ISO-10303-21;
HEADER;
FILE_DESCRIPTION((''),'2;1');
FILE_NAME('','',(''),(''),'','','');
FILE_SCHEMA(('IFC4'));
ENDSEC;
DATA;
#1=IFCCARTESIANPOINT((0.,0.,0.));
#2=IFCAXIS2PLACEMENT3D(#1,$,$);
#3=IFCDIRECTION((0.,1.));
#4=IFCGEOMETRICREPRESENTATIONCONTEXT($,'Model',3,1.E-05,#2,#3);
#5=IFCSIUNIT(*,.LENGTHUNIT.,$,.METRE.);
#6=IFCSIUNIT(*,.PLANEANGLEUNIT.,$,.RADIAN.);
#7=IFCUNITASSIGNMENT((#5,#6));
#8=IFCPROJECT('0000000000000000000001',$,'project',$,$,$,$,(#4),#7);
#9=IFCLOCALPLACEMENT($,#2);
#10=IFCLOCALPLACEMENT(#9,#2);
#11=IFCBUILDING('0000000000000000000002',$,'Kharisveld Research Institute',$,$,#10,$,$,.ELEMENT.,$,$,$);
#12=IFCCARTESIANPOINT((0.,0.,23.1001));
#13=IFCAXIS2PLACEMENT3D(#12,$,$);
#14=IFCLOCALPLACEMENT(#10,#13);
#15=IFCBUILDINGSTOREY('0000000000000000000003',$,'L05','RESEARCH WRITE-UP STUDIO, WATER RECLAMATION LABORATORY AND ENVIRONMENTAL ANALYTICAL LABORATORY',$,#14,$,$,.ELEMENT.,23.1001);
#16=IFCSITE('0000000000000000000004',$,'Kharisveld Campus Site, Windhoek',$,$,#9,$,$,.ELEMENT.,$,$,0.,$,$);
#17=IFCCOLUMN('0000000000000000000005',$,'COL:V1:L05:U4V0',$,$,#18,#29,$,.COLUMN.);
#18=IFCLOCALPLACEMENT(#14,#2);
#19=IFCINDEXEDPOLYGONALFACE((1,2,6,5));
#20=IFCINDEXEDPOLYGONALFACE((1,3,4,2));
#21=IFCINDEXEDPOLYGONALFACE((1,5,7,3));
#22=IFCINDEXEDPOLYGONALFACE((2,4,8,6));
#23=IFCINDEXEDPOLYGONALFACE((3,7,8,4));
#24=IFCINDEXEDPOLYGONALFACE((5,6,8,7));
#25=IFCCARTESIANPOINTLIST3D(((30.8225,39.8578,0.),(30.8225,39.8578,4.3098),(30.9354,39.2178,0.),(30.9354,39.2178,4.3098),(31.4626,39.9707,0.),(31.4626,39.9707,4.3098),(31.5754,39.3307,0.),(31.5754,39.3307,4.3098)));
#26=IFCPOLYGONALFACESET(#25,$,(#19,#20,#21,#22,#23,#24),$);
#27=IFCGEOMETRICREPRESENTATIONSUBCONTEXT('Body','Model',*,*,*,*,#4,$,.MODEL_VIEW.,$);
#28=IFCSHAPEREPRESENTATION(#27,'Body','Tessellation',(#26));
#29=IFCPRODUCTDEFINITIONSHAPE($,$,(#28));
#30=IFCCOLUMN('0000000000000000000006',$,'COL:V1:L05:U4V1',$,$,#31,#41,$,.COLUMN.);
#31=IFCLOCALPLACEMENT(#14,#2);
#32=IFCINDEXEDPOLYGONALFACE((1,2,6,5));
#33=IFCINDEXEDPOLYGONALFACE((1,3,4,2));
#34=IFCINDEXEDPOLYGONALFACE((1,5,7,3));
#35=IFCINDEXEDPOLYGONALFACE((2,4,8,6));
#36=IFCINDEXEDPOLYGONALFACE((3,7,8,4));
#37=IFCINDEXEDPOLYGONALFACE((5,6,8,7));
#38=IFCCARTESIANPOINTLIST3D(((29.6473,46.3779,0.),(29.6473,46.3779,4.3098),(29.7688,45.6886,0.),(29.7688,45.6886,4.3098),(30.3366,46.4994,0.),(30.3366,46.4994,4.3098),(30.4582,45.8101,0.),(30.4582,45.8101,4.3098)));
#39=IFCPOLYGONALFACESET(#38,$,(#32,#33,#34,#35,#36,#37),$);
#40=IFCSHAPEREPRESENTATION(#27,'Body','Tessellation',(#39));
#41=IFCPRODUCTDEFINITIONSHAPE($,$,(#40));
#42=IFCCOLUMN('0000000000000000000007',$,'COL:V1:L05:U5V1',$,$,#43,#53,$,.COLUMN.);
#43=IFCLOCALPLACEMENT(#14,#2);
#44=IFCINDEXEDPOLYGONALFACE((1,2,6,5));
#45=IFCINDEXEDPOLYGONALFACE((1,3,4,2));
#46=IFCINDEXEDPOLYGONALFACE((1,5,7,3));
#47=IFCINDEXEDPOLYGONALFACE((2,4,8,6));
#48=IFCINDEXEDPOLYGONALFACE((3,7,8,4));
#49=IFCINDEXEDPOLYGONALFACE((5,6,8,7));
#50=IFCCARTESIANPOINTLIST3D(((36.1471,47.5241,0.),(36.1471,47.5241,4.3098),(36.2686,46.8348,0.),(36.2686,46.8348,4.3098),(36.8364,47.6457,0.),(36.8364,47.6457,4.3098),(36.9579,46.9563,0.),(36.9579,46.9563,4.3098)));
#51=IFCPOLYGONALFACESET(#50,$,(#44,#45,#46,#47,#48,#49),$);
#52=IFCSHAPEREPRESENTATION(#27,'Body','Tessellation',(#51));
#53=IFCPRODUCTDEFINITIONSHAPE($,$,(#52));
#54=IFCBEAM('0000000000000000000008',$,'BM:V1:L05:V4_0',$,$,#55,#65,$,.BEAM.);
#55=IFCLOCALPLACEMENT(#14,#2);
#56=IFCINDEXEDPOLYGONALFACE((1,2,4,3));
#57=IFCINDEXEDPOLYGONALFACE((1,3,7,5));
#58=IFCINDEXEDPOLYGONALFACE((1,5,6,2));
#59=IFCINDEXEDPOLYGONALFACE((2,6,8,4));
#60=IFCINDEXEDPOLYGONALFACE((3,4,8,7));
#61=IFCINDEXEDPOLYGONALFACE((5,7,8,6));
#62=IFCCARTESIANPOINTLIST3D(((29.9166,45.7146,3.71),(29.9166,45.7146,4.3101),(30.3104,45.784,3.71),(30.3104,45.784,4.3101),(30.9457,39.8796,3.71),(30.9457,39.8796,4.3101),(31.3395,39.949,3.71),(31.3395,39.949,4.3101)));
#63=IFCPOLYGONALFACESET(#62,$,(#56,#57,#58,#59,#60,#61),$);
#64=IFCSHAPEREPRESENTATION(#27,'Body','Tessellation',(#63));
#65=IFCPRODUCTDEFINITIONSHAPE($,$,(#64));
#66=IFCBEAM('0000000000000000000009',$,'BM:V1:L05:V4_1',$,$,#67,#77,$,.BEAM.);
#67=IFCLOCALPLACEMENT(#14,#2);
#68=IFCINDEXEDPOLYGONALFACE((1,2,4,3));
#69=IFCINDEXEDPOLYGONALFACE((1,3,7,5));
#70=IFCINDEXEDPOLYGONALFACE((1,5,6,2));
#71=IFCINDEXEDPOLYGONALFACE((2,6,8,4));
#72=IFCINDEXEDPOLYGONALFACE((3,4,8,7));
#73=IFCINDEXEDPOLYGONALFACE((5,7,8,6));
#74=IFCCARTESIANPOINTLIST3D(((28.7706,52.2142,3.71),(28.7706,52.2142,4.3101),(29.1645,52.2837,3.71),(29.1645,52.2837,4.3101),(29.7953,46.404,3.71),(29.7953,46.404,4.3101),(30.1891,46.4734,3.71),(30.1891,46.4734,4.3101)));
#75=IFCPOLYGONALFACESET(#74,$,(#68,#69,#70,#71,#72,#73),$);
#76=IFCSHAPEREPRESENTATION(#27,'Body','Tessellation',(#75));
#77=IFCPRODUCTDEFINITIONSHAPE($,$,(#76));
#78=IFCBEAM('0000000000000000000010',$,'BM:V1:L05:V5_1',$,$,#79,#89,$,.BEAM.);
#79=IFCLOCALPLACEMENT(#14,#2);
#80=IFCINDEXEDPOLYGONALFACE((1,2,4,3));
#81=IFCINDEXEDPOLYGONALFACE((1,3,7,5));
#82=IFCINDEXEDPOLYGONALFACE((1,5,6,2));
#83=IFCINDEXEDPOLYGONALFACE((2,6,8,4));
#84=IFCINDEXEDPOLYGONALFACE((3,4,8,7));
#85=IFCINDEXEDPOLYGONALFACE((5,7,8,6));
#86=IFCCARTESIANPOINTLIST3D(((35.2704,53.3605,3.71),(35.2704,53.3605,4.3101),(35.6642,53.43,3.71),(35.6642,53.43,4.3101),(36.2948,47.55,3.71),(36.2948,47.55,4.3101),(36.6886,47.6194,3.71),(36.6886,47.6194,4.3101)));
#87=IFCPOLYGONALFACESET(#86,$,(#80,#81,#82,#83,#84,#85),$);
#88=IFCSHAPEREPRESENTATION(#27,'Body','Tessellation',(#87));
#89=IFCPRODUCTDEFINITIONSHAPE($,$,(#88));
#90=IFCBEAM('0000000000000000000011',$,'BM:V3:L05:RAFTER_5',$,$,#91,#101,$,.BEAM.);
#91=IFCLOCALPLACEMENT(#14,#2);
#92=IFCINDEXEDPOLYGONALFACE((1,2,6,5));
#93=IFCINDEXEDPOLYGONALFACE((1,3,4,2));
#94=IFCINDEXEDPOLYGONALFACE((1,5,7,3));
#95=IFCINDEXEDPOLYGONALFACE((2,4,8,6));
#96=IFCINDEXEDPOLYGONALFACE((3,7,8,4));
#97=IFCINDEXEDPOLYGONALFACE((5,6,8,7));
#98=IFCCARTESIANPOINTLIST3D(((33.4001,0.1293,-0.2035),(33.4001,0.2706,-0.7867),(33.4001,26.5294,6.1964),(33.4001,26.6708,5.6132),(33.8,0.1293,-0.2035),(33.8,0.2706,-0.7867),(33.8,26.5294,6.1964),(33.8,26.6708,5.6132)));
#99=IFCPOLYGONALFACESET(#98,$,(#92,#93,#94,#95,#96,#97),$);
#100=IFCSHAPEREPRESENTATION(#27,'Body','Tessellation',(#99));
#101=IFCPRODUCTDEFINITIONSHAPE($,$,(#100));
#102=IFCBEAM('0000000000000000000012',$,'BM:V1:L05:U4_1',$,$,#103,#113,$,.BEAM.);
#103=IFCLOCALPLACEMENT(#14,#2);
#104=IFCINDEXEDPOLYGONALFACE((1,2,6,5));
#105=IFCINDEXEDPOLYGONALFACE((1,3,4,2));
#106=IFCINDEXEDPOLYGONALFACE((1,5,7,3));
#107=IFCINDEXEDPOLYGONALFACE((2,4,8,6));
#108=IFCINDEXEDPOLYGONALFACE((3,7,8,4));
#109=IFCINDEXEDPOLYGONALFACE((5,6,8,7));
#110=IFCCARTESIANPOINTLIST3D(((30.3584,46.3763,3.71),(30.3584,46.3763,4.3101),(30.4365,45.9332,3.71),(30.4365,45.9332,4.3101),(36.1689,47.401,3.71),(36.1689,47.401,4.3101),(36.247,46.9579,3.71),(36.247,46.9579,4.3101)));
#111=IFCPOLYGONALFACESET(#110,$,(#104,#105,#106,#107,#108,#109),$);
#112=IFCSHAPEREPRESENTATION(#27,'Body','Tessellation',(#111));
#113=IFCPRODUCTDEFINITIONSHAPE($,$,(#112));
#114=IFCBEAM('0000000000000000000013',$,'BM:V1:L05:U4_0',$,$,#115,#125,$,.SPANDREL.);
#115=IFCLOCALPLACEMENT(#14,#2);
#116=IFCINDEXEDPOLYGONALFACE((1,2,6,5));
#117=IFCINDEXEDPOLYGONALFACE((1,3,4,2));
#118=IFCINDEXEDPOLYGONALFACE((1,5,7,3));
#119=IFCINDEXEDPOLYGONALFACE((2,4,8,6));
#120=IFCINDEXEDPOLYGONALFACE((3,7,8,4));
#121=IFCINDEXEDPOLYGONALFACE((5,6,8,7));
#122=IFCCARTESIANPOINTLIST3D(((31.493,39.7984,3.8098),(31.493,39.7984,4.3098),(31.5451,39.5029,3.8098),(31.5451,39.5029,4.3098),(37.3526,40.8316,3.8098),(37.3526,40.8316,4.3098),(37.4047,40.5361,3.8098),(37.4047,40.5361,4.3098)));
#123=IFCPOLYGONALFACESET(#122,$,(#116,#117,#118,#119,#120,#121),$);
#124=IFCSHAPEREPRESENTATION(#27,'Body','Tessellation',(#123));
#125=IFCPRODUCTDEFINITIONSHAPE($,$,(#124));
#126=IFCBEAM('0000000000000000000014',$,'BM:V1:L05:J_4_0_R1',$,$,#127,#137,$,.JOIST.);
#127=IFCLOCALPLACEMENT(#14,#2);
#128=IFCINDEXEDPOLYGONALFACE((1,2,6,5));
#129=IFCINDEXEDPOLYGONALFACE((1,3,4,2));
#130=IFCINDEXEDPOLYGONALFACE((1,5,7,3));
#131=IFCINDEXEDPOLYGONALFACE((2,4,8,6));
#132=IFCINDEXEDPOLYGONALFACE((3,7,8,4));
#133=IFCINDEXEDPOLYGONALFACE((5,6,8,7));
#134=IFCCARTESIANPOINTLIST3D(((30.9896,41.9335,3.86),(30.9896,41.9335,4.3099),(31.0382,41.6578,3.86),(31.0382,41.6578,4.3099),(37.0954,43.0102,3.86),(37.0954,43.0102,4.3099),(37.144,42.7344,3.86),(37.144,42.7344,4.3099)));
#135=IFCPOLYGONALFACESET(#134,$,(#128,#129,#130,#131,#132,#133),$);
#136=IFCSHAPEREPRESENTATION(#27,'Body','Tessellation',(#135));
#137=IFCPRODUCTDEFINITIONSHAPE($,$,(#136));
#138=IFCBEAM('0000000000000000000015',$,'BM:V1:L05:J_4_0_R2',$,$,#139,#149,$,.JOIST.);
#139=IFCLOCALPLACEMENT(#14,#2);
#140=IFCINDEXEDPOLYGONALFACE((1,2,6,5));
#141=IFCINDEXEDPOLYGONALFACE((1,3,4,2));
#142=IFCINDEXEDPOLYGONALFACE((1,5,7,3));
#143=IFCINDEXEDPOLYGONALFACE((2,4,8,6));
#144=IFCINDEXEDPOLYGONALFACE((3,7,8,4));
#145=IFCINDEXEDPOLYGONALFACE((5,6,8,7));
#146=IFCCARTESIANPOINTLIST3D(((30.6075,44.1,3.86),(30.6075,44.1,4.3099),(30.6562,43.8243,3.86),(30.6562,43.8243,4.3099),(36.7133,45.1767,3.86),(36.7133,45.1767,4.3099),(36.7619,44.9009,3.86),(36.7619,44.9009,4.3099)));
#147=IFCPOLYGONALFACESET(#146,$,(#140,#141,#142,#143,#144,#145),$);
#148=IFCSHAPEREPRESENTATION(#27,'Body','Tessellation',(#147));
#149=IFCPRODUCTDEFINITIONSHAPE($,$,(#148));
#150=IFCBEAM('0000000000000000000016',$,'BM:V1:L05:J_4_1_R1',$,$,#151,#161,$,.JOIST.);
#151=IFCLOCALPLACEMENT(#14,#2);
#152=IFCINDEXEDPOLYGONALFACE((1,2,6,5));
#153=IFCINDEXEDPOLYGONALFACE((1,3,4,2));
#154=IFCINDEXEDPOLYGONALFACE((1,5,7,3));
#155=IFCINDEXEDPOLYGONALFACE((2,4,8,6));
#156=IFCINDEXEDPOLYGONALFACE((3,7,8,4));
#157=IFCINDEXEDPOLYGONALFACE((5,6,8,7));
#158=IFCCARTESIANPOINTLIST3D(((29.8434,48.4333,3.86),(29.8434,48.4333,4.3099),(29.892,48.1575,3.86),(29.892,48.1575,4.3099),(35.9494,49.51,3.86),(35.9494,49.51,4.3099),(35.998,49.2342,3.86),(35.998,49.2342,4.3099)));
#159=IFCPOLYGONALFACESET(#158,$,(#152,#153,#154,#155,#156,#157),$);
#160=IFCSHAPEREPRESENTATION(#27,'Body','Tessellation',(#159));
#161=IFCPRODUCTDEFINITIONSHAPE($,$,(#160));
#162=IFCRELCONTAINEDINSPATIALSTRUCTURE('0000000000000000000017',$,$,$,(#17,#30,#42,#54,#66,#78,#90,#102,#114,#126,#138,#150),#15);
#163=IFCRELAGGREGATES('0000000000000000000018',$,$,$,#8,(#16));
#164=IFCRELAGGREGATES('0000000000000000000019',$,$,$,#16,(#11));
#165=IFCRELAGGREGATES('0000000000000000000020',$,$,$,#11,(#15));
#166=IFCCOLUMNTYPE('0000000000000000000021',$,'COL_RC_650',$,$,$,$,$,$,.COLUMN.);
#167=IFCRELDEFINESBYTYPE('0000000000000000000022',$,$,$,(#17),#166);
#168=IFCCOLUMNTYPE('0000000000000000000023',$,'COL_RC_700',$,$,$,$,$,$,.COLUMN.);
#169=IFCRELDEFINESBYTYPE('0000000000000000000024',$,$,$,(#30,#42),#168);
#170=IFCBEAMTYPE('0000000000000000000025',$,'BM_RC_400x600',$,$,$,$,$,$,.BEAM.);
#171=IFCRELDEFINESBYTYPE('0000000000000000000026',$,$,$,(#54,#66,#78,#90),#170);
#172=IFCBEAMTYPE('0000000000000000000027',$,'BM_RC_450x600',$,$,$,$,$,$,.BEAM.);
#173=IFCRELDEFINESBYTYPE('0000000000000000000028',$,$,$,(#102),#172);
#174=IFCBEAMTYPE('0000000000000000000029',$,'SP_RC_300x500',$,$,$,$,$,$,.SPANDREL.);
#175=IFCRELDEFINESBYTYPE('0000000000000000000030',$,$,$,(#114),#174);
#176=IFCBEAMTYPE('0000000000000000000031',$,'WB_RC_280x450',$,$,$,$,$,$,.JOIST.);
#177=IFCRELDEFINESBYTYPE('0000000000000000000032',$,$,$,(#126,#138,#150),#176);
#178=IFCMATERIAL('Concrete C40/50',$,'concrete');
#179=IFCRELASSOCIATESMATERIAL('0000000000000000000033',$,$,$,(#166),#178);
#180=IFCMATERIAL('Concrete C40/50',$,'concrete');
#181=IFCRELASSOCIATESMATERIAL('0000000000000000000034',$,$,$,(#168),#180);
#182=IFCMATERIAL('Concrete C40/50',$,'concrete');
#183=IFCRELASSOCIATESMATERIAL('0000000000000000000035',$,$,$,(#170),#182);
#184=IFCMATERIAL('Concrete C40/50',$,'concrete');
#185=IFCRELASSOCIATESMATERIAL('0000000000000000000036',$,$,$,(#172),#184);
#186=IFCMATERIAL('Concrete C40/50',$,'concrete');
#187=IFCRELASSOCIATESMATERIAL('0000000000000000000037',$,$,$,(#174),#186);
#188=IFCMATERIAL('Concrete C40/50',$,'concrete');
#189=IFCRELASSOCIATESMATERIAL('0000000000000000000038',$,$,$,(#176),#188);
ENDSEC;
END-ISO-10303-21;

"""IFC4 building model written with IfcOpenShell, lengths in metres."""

from ifc_helpers import new_model, si_unit, direction, frame, origin, origin_2d, place, context, subcontext, project, spatial, rectangle, extrude, material, material_profile, profile_set, type_object, element, save


model = new_model("IFC4")

# Units and contexts
model_context = context("Model", 3, precision=1e-05, world=origin(), true_north=direction((0.0, 1.0)))
body_context = subcontext(model_context, "Body", "Model", "MODEL_VIEW")
ifc_project = project(units=[si_unit("LENGTHUNIT", "METRE"), si_unit("PLANEANGLEUNIT", "RADIAN")], contexts=[model_context])

# Site, building, storey
site_placement = place(None, origin())
site = spatial("IfcSite", under=ifc_project, at=site_placement, Name="Kharisveld Campus Site, Windhoek", CompositionType="ELEMENT", RefElevation=0.0)
building_placement = place(site_placement, origin())
building = spatial("IfcBuilding", under=site, at=building_placement, Name="Kharisveld Research Institute", CompositionType="ELEMENT")
storey_placement = place(building_placement, frame((0.0, 0.0, 23.1001)))
storey = spatial("IfcBuildingStorey", under=building, at=storey_placement, Name="L05", Description="RESEARCH WRITE-UP STUDIO, WATER RECLAMATION LABORATORY AND ENVIRONMENTAL ANALYTICAL LABORATORY", CompositionType="ELEMENT", Elevation=23.1001)

# Columns
ifc_material_1 = material(Name="Concrete C40/50", Category="concrete")
ifc_material_profile_1 = material_profile(ifc_material_1, rectangle(XDim=0.6499, YDim=0.6499, at=origin_2d()))
ifc_profile_set_1 = profile_set([ifc_material_profile_1], Name="Concrete C40/50")
column_type_1 = type_object("IfcColumnType", Name="COL_RC_650", PredefinedType="COLUMN", material=ifc_profile_set_1)
column_placement = place(storey_placement, frame((31.199, 39.5942, 0.0), z_axis=(0.0, 0.0, 1.0), x_axis=(0.984808, 0.173648, 0.0)))
element("IfcColumn", 1, at=column_placement, inside=storey, type_object=column_type_1, Name="COL:V1:L05:U4V0", PredefinedType="COLUMN", context=body_context, shape_type="SweptSolid", body=[
    extrude(rectangle(XDim=0.6499, YDim=0.6499, at=origin_2d()), origin(), (0.0, 0.0, 1.0), 4.3098),
])
ifc_material_2 = material(Name="Concrete C40/50", Category="concrete")
ifc_material_profile_2 = material_profile(ifc_material_2, rectangle(XDim=0.7, YDim=0.7, at=origin_2d()))
ifc_profile_set_2 = profile_set([ifc_material_profile_2], Name="Concrete C40/50")
column_type_2 = type_object("IfcColumnType", Name="COL_RC_700", PredefinedType="COLUMN", material=ifc_profile_set_2)
for number, where, z_axis, x_axis, name in (
    (2, (30.0527, 46.094, 0.0), (0.0, 0.0, 1.0), (0.984808, 0.173648, 0.0), "COL:V1:L05:U4V1"),
    (3, (36.5525, 47.2402, 0.0), (0.0, 0.0, 1.0), (0.984808, 0.173648, 0.0), "COL:V1:L05:U5V1"),
):
    element("IfcColumn", number, at=place(storey_placement, frame(where, z_axis=z_axis, x_axis=x_axis)), inside=storey, type_object=column_type_2, Name=name, PredefinedType="COLUMN", context=body_context, shape_type="SweptSolid", body=[
        extrude(rectangle(XDim=0.7, YDim=0.7, at=origin_2d()), origin(), (0.0, 0.0, 1.0), 4.3098),
    ])

# Beams
ifc_material_3 = material(Name="Concrete C40/50", Category="concrete")
ifc_material_profile_3 = material_profile(ifc_material_3, rectangle(XDim=0.3999, YDim=0.6001, at=origin_2d()))
ifc_profile_set_3 = profile_set([ifc_material_profile_3], Name="Concrete C40/50")
beam_type_1 = type_object("IfcBeamType", Name="BM_RC_400x600", PredefinedType="BEAM", material=ifc_profile_set_3)
beam_1_placement = place(storey_placement, frame((31.1426, 39.9143, 4.01), z_axis=(-0.17368, 0.984802, 0.0), x_axis=(-0.984802, -0.17368, 0.0)))
element("IfcBeam", 4, at=beam_1_placement, inside=storey, type_object=beam_type_1, Name="BM:V1:L05:V4_0", PredefinedType="BEAM", context=body_context, shape_type="SweptSolid", body=[
    extrude(rectangle(XDim=0.3999, YDim=0.6001, at=origin_2d()), origin(), (0.0, 0.0, 1.0), 5.925),
])
beam_2_placement = place(storey_placement, frame((29.9922, 46.4387, 4.01), z_axis=(-0.173672, 0.984804, 0.0), x_axis=(-0.984804, -0.173672, 0.0)))
element("IfcBeam", 5, at=beam_2_placement, inside=storey, type_object=beam_type_1, Name="BM:V1:L05:V4_1", PredefinedType="BEAM", context=body_context, shape_type="SweptSolid", body=[
    extrude(rectangle(XDim=0.3999, YDim=0.6001, at=origin_2d()), origin(), (0.0, 0.0, 1.0), 5.8999),
])
beam_3_placement = place(storey_placement, frame((36.4917, 47.5847, 4.01), z_axis=(-0.173625, 0.984812, 0.0), x_axis=(-0.984812, -0.173625, 0.0)))
element("IfcBeam", 6, at=beam_3_placement, inside=storey, type_object=beam_type_1, Name="BM:V1:L05:V5_1", PredefinedType="BEAM", context=body_context, shape_type="SweptSolid", body=[
    extrude(rectangle(XDim=0.3999, YDim=0.6001, at=origin_2d()), origin(), (0.0, 0.0, 1.0), 5.9001),
])
beam_4_placement = place(storey_placement, frame((33.6001, 0.2, -0.4951), z_axis=(0.0, 0.971851, 0.235595), x_axis=(-1.0, 0.0, 0.0)))
element("IfcBeam", 7, at=beam_4_placement, inside=storey, type_object=beam_type_1, Name="BM:V3:L05:RAFTER_5", PredefinedType="BEAM", context=body_context, shape_type="SweptSolid", body=[
    extrude(rectangle(XDim=0.3999, YDim=0.6001, at=origin_2d()), origin(), (0.0, 0.0, 1.0), 27.1648),
])
ifc_material_4 = material(Name="Concrete C40/50", Category="concrete")
ifc_material_profile_4 = material_profile(ifc_material_4, rectangle(XDim=0.45, YDim=0.6001, at=origin_2d()))
ifc_profile_set_4 = profile_set([ifc_material_profile_4], Name="Concrete C40/50")
beam_type_2 = type_object("IfcBeamType", Name="BM_RC_450x600", PredefinedType="BEAM", material=ifc_profile_set_4)
beam_5_placement = place(storey_placement, frame((30.3975, 46.1548, 4.01), z_axis=(0.984805, 0.173665, 0.0), x_axis=(-0.173665, 0.984805, 0.0)))
element("IfcBeam", 8, at=beam_5_placement, inside=storey, type_object=beam_type_2, Name="BM:V1:L05:U4_1", PredefinedType="BEAM", context=body_context, shape_type="SweptSolid", body=[
    extrude(rectangle(XDim=0.45, YDim=0.6001, at=origin_2d()), origin(), (0.0, 0.0, 1.0), 5.9001),
])
ifc_material_5 = material(Name="Concrete C40/50", Category="concrete")
ifc_material_profile_5 = material_profile(ifc_material_5, rectangle(XDim=0.3, YDim=0.5, at=origin_2d()))
ifc_profile_set_5 = profile_set([ifc_material_profile_5], Name="Concrete C40/50")
beam_type_3 = type_object("IfcBeamType", Name="SP_RC_300x500", PredefinedType="SPANDREL", material=ifc_profile_set_5)
beam_6_placement = place(storey_placement, frame((31.519, 39.6506, 4.0598), z_axis=(0.984808, 0.173647, 0.0), x_axis=(-0.173647, 0.984808, 0.0)))
element("IfcBeam", 9, at=beam_6_placement, inside=storey, type_object=beam_type_3, Name="BM:V1:L05:U4_0", PredefinedType="SPANDREL", context=body_context, shape_type="SweptSolid", body=[
    extrude(rectangle(XDim=0.3, YDim=0.5, at=origin_2d()), origin(), (0.0, 0.0, 1.0), 5.95),
])
ifc_material_6 = material(Name="Concrete C40/50", Category="concrete")
ifc_material_profile_6 = material_profile(ifc_material_6, rectangle(XDim=0.28, YDim=0.45, at=origin_2d()))
ifc_profile_set_6 = profile_set([ifc_material_profile_6], Name="Concrete C40/50")
beam_type_4 = type_object("IfcBeamType", Name="WB_RC_280x450", PredefinedType="JOIST", material=ifc_profile_set_6)
for number, where, z_axis, x_axis, name in (
    (10, (31.0139, 41.7957, 4.085), (0.984806, 0.173657, 0.0), (-0.173657, 0.984806, 0.0), "BM:V1:L05:J_4_0_R1"),
    (11, (30.6318, 43.9622, 4.085), (0.984806, 0.173657, 0.0), (-0.173657, 0.984806, 0.0), "BM:V1:L05:J_4_0_R2"),
):
    element("IfcBeam", number, at=place(storey_placement, frame(where, z_axis=z_axis, x_axis=x_axis)), inside=storey, type_object=beam_type_4, Name=name, PredefinedType="JOIST", context=body_context, shape_type="SweptSolid", body=[
        extrude(rectangle(XDim=0.28, YDim=0.45, at=origin_2d()), origin(), (0.0, 0.0, 1.0), 6.2),
    ])
beam_7_placement = place(storey_placement, frame((29.8677, 48.2954, 4.085), z_axis=(0.984807, 0.173651, 0.0), x_axis=(-0.173651, 0.984807, 0.0)))
element("IfcBeam", 12, at=beam_7_placement, inside=storey, type_object=beam_type_4, Name="BM:V1:L05:J_4_1_R1", PredefinedType="JOIST", context=body_context, shape_type="SweptSolid", body=[
    extrude(rectangle(XDim=0.28, YDim=0.45, at=origin_2d()), origin(), (0.0, 0.0, 1.0), 6.2002),
])

save(model, "model.ifc")
